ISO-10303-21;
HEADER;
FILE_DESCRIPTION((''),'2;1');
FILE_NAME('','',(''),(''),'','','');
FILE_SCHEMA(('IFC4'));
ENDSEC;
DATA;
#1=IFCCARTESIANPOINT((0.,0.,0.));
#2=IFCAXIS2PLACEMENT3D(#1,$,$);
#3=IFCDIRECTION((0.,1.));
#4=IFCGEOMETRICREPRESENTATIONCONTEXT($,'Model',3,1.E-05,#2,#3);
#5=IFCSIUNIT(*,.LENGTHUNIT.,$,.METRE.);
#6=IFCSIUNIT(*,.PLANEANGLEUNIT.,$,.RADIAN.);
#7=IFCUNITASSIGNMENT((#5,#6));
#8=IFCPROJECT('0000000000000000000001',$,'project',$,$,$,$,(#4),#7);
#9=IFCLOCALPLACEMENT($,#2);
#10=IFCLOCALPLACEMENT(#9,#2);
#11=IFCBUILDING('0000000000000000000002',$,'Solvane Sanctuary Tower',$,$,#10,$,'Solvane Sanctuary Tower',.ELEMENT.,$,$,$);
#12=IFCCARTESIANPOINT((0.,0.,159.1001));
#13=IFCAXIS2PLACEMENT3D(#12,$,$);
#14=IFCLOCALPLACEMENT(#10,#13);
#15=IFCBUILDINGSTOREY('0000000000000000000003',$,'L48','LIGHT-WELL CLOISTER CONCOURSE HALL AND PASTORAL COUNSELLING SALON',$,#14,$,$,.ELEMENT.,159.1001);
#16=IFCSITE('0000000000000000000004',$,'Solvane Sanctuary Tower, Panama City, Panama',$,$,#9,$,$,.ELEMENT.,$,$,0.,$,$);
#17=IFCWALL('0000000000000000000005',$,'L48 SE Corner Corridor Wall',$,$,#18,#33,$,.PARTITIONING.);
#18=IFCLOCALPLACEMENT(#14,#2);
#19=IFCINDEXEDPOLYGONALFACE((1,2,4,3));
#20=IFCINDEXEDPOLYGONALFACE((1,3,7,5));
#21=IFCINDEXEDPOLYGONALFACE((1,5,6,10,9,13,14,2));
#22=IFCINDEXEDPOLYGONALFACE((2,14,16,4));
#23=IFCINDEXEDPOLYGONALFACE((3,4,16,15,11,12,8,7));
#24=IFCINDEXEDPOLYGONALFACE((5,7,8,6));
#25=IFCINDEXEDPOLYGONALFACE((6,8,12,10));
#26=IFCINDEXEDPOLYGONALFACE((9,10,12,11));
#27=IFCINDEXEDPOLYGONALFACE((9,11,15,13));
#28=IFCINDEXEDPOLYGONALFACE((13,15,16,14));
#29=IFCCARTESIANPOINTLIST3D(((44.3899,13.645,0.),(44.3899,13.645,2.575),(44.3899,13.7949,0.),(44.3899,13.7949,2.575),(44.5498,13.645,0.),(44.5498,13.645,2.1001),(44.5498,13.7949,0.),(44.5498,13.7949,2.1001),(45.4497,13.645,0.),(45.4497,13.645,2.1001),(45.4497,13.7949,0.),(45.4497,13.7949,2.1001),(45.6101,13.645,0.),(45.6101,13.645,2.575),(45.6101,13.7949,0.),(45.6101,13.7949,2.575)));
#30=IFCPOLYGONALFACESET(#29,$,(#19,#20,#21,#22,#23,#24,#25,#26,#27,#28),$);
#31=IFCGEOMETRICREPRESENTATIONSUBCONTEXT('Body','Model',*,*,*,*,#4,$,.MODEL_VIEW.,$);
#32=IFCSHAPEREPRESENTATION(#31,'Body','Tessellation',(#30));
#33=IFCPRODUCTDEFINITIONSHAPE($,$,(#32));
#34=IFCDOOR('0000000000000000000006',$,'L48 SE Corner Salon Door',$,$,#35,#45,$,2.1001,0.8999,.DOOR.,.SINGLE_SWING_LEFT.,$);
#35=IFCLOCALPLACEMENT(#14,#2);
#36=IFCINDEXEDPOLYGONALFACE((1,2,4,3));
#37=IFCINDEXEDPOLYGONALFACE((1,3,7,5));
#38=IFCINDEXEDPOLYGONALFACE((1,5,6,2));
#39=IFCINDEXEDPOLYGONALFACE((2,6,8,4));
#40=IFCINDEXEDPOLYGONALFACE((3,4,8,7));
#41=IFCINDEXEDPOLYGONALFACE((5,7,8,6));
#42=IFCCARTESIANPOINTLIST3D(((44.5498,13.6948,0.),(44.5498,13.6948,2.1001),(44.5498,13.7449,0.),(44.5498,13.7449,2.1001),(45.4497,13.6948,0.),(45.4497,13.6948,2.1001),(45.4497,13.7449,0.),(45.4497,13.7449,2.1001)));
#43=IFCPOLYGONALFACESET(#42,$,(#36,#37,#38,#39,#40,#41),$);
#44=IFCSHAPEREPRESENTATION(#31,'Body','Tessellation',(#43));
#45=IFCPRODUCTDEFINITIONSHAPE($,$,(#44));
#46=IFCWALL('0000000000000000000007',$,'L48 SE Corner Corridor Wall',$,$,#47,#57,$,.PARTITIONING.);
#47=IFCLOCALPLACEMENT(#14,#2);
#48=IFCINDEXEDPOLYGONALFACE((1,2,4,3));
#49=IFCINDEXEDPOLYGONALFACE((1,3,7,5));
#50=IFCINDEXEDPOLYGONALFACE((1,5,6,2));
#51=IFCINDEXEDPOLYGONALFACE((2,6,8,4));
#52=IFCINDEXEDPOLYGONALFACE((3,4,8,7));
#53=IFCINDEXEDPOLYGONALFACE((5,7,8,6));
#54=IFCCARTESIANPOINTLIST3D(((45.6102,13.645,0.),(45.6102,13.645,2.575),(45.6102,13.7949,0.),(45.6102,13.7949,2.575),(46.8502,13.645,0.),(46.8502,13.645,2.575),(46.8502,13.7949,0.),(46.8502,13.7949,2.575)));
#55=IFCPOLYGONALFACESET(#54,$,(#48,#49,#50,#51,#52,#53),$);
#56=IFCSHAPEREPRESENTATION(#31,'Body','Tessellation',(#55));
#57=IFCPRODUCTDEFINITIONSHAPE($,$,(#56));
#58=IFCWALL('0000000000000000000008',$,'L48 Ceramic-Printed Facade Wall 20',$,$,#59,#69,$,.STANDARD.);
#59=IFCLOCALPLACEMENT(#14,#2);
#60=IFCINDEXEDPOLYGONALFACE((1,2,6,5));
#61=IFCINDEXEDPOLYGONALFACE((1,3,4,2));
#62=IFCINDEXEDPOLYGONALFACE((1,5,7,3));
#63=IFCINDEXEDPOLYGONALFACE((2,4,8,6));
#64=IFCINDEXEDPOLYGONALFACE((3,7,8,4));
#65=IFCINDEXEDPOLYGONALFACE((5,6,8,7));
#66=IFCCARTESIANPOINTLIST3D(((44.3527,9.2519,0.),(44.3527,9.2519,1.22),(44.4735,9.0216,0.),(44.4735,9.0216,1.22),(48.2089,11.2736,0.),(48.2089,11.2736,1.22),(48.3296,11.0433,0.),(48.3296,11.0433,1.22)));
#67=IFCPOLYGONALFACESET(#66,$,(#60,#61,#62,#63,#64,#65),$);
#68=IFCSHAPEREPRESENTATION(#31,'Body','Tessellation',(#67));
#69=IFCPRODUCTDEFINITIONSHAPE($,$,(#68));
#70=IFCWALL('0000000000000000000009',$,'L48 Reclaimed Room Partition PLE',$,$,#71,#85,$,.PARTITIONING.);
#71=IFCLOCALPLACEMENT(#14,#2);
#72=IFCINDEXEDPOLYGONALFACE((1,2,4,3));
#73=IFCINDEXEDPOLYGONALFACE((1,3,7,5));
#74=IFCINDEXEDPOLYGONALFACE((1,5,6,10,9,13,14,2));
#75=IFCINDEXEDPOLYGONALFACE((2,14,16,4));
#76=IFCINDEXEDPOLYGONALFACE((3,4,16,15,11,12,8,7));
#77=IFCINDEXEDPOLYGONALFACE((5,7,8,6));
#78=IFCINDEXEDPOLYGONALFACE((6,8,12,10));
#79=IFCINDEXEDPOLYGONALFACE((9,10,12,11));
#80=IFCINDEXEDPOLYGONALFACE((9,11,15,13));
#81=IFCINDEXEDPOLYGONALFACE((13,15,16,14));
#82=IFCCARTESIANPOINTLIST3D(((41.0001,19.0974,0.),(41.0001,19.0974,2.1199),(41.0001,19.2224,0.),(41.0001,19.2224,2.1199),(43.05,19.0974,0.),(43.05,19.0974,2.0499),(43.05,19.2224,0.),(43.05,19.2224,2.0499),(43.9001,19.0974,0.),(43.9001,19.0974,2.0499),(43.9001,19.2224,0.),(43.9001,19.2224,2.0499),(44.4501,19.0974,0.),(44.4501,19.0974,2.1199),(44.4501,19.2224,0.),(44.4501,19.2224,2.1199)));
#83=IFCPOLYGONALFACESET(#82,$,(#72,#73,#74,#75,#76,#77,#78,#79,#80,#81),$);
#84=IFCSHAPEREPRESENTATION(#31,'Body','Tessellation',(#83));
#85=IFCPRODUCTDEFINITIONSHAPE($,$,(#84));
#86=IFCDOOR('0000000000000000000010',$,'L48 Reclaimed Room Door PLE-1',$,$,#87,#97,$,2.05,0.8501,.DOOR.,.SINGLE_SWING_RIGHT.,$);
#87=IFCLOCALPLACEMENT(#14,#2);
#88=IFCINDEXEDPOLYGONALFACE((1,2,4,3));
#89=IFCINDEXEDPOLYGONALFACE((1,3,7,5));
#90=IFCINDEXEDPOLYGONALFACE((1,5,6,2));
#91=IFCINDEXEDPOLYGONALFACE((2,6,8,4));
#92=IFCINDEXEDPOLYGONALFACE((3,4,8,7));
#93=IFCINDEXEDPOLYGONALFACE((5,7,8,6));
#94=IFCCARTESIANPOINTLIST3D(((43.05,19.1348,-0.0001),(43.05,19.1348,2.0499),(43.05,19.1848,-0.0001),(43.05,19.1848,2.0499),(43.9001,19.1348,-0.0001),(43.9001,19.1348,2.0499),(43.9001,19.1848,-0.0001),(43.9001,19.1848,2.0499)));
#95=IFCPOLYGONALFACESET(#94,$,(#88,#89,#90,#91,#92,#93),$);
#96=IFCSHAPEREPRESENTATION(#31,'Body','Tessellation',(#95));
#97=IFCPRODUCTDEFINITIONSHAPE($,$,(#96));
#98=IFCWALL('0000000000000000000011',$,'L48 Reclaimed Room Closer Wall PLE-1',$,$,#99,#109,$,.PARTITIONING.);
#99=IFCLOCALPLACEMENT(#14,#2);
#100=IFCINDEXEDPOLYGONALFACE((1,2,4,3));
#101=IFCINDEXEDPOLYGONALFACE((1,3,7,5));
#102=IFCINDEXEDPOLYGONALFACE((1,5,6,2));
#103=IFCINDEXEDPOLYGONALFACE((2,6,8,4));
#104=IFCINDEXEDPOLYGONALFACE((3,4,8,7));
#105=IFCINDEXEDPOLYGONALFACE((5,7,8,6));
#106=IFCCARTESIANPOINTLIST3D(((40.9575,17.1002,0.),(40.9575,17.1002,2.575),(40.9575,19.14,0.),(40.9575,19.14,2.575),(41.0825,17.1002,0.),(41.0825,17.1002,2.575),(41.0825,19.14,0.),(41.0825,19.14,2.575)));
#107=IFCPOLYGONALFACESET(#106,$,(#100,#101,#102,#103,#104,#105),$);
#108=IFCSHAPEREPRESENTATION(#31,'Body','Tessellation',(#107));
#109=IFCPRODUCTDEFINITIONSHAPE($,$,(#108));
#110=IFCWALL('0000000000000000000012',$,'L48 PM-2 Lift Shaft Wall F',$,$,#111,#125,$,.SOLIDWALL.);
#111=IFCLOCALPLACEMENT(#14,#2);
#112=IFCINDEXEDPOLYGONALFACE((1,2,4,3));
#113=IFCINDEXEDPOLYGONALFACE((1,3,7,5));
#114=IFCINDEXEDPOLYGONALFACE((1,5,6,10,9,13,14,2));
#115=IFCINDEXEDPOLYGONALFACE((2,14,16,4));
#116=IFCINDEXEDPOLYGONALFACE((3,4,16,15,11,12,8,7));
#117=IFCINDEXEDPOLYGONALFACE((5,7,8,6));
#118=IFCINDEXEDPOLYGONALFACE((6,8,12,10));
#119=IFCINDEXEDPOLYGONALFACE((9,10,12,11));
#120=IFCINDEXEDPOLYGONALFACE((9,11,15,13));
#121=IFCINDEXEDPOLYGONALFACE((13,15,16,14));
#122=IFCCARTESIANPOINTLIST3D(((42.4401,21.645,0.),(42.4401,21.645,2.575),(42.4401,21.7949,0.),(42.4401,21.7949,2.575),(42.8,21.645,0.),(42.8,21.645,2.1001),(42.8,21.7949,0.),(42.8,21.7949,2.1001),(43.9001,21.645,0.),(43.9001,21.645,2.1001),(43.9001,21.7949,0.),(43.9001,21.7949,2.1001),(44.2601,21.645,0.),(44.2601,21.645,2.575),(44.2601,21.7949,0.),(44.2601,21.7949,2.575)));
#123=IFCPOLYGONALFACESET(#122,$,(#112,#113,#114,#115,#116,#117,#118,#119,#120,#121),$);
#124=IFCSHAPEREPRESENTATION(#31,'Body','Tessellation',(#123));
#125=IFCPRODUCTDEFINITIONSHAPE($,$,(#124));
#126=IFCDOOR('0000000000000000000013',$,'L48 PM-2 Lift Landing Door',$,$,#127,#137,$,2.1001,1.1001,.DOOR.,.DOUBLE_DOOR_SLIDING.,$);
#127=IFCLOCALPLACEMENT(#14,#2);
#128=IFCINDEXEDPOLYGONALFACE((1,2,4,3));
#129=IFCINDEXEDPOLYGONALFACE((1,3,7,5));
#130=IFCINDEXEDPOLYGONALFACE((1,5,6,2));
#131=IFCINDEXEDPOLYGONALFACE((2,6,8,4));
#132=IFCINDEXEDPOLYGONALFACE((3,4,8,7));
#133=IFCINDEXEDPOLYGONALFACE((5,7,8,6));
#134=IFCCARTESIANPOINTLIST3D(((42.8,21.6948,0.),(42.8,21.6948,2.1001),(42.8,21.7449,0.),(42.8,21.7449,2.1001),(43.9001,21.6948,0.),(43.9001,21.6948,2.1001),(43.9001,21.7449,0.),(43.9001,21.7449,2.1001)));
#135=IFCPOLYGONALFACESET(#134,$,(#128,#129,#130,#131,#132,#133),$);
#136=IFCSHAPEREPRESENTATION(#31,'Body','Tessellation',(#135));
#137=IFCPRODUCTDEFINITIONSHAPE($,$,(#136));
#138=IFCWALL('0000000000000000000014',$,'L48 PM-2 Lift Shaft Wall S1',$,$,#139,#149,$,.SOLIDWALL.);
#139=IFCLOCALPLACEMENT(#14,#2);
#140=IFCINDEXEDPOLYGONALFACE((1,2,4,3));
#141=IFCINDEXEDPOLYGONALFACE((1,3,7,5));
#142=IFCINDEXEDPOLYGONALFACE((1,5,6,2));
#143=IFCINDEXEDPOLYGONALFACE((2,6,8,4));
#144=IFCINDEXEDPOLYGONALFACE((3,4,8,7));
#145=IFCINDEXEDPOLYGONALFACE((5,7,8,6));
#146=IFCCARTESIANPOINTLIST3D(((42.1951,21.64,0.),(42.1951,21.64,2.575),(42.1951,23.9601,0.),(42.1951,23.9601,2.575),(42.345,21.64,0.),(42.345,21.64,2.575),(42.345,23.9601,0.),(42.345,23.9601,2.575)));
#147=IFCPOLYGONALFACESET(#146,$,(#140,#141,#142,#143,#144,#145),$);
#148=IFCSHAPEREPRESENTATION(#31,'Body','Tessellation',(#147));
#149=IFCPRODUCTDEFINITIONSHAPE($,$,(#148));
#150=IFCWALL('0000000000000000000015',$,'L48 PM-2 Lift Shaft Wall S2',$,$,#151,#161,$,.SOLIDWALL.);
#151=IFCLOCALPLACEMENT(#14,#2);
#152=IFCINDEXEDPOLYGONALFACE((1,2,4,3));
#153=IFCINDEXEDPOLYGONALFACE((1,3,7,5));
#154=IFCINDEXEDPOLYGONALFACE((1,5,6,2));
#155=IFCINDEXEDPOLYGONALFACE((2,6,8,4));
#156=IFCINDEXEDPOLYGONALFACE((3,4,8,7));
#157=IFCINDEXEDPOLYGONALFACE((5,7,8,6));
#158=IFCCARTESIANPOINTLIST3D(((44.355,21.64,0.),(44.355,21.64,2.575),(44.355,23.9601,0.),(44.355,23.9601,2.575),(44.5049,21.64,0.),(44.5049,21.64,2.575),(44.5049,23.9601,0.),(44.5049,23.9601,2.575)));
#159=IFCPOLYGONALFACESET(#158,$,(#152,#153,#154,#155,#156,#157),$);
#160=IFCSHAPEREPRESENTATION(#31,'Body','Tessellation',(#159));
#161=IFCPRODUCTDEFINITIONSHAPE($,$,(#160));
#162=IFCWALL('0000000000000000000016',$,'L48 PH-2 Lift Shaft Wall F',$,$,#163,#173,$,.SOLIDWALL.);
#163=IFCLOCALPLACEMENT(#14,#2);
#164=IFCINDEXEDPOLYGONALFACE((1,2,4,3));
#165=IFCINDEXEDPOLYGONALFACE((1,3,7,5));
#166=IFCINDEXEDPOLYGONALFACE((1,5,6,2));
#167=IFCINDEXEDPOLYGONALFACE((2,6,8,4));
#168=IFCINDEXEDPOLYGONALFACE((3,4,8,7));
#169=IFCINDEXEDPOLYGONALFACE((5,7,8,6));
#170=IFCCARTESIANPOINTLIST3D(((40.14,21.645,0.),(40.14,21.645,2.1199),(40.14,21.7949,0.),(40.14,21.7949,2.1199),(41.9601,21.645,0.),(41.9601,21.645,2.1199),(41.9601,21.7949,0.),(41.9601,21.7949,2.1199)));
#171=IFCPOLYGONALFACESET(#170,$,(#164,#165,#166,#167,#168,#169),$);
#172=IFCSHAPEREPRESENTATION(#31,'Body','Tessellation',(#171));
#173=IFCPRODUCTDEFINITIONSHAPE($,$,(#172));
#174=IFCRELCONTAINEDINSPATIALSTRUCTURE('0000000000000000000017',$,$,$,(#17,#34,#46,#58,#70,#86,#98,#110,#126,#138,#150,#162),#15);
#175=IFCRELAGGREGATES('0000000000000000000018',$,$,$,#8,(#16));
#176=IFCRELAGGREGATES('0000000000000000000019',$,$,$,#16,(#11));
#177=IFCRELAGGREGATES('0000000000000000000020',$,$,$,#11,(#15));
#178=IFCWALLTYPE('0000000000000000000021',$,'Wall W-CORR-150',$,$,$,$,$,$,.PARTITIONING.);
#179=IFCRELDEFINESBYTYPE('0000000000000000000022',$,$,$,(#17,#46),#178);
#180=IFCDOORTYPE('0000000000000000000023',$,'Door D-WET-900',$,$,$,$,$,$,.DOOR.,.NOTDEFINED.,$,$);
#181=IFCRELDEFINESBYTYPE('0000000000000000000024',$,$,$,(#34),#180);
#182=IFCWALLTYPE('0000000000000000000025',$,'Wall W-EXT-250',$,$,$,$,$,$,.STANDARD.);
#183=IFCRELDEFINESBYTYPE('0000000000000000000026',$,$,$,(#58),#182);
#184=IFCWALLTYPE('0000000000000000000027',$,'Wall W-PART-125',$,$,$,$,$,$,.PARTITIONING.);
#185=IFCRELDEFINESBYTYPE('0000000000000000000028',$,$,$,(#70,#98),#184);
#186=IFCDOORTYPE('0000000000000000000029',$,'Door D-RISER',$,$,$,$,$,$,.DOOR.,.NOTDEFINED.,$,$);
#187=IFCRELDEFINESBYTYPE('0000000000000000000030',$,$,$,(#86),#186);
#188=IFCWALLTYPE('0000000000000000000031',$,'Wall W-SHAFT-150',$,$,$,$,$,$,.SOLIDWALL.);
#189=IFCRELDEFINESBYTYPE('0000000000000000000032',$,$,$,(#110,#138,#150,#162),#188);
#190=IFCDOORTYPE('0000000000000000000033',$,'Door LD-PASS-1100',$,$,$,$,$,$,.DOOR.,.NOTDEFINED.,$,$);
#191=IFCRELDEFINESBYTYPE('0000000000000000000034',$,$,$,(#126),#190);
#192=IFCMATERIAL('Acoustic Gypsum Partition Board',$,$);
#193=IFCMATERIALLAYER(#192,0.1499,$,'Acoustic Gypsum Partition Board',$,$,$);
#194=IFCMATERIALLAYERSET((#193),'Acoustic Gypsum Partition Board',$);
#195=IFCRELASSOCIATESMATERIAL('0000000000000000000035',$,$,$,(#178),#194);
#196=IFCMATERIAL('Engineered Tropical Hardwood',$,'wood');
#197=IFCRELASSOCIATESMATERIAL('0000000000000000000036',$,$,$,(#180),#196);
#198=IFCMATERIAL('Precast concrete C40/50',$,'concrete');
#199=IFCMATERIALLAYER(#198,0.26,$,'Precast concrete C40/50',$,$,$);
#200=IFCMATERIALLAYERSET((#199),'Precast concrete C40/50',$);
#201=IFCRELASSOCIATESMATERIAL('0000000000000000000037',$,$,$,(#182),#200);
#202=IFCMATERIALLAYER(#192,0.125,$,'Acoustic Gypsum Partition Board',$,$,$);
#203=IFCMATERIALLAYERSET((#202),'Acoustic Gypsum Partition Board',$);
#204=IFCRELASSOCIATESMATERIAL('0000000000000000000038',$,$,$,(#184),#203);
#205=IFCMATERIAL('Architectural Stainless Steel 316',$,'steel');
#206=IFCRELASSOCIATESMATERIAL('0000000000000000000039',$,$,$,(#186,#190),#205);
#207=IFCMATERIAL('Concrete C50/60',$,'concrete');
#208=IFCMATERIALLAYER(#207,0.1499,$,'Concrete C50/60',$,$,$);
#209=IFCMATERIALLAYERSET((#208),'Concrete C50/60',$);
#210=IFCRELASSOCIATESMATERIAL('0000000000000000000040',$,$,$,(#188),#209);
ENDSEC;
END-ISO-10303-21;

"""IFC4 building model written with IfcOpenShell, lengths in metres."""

from ifc_helpers import new_model, si_unit, direction, frame, frame_2d, origin, place, context, subcontext, project, spatial, rectangle, extrude, material, layer, layer_set, type_object, element, fill, save


model = new_model("IFC4")

# Units and contexts
model_context = context("Model", 3, precision=1e-05, world=origin(), true_north=direction((0.0, 1.0)))
body_context = subcontext(model_context, "Body", "Model", "MODEL_VIEW")
ifc_project = project(units=[si_unit("LENGTHUNIT", "METRE"), si_unit("PLANEANGLEUNIT", "RADIAN")], contexts=[model_context])

# Site, building, storey
site_placement = place(None, origin())
site = spatial("IfcSite", under=ifc_project, at=site_placement, Name="Solvane Sanctuary Tower, Panama City, Panama", CompositionType="ELEMENT", RefElevation=0.0)
building_placement = place(site_placement, origin())
building = spatial("IfcBuilding", under=site, at=building_placement, Name="Solvane Sanctuary Tower", LongName="Solvane Sanctuary Tower", CompositionType="ELEMENT")
storey_placement = place(building_placement, frame((0.0, 0.0, 159.1001)))
storey = spatial("IfcBuildingStorey", under=building, at=storey_placement, Name="L48", Description="LIGHT-WELL CLOISTER CONCOURSE HALL AND PASTORAL COUNSELLING SALON", CompositionType="ELEMENT", Elevation=159.1001)

# Wall, opening, door
ifc_material_1 = material(Name="Acoustic Gypsum Partition Board")
ifc_layer_1 = layer(ifc_material_1, 0.1499, Name="Acoustic Gypsum Partition Board")
ifc_layer_set_1 = layer_set([ifc_layer_1], Name="Acoustic Gypsum Partition Board")
wall_type_1 = type_object("IfcWallType", Name="Wall W-CORR-150", PredefinedType="PARTITIONING", material=ifc_layer_set_1)
wall_1_placement = place(storey_placement, frame((44.3899, 13.72, 0.0), z_axis=(0.0, 0.0, 1.0), x_axis=(1.0, 0.0, 0.0)))
wall_1 = element("IfcWall", 1, at=wall_1_placement, inside=storey, type_object=wall_type_1, Name="L48 SE Corner Corridor Wall", PredefinedType="PARTITIONING", context=body_context, shape_type="SweptSolid", body=[
    extrude(rectangle(XDim=1.2202, YDim=0.1499, at=frame_2d((0.6101, 0.0))), origin(), (0.0, 0.0, 1.0), 2.575),
])
opening_1_placement = place(wall_1_placement, frame((0.1599, 0.0, 0.0)))
opening_1 = element("IfcOpeningElement", 2, at=opening_1_placement, cuts=wall_1, PredefinedType="OPENING", context=body_context, shape_type="SweptSolid", body=[
    extrude(rectangle(XDim=0.8999, YDim=2.1001, at=frame_2d((0.45, 1.05))), frame((0.0, 0.085, 0.0), z_axis=(0.0, -1.0, 0.0), x_axis=(1.0, 0.0, 0.0)), (0.0, 0.0, 1.0), 0.1699),
])
ifc_material_2 = material(Name="Engineered Tropical Hardwood", Category="wood")
door_type_1 = type_object("IfcDoorType", Name="Door D-WET-900", OperationType="NOTDEFINED", PredefinedType="DOOR", material=ifc_material_2)
door_1_placement = place(opening_1_placement, origin())
door_1 = element("IfcDoor", 3, at=door_1_placement, inside=storey, type_object=door_type_1, Name="L48 SE Corner Salon Door", OperationType="SINGLE_SWING_LEFT", OverallHeight=2.1001, OverallWidth=0.8999, PredefinedType="DOOR", context=body_context, shape_type="SweptSolid", body=[
    extrude(rectangle(XDim=0.8999, YDim=2.1001, at=frame_2d((0.45, 1.05))), frame((0.0, 0.0249, 0.0), z_axis=(0.0, -1.0, 0.0), x_axis=(1.0, 0.0, 0.0)), (0.0, 0.0, 1.0), 0.05),
])
fill(opening_1, door_1)

# Walls
wall_2_placement = place(storey_placement, frame((45.6101, 13.72, 0.0), z_axis=(0.0, 0.0, 1.0), x_axis=(1.0, 0.0, 0.0)))
element("IfcWall", 4, at=wall_2_placement, inside=storey, type_object=wall_type_1, Name="L48 SE Corner Corridor Wall", PredefinedType="PARTITIONING", context=body_context, shape_type="SweptSolid", body=[
    extrude(rectangle(XDim=1.24, YDim=0.1499, at=frame_2d((0.6201, 0.0))), origin(), (0.0, 0.0, 1.0), 2.575),
])
ifc_material_3 = material(Name="Precast concrete C40/50", Category="concrete")
ifc_layer_2 = layer(ifc_material_3, 0.26, Name="Precast concrete C40/50")
ifc_layer_set_2 = layer_set([ifc_layer_2], Name="Precast concrete C40/50")
wall_type_2 = type_object("IfcWallType", Name="Wall W-EXT-250", PredefinedType="STANDARD", material=ifc_layer_set_2)
wall_3_placement = place(storey_placement, frame((44.4131, 9.1367, 0.0), z_axis=(0.0, 0.0, 1.0), x_axis=(0.88566, 0.464334, 0.0)))
element("IfcWall", 5, at=wall_3_placement, inside=storey, type_object=wall_type_2, Name="L48 Ceramic-Printed Facade Wall 20", PredefinedType="STANDARD", context=body_context, shape_type="SweptSolid", body=[
    extrude(rectangle(XDim=4.354, YDim=0.26, at=frame_2d((2.177, 0.0))), origin(), (0.0, 0.0, 1.0), 1.22),
])

# Wall, opening, door
ifc_layer_3 = layer(ifc_material_1, 0.125, Name="Acoustic Gypsum Partition Board")
ifc_layer_set_3 = layer_set([ifc_layer_3], Name="Acoustic Gypsum Partition Board")
wall_type_3 = type_object("IfcWallType", Name="Wall W-PART-125", PredefinedType="PARTITIONING", material=ifc_layer_set_3)
wall_4_placement = place(storey_placement, frame((41.0, 19.1599, 0.0), z_axis=(0.0, 0.0, 1.0), x_axis=(1.0, 0.0, 0.0)))
wall_4 = element("IfcWall", 6, at=wall_4_placement, inside=storey, type_object=wall_type_3, Name="L48 Reclaimed Room Partition PLE", PredefinedType="PARTITIONING", context=body_context, shape_type="SweptSolid", body=[
    extrude(rectangle(XDim=3.45, YDim=0.125, at=frame_2d((1.7251, 0.0))), origin(), (0.0, 0.0, 1.0), 2.1199),
])
opening_2_placement = place(wall_4_placement, frame((2.05, 0.0, 0.0)))
opening_2 = element("IfcOpeningElement", 7, at=opening_2_placement, cuts=wall_4, PredefinedType="OPENING", context=body_context, shape_type="SweptSolid", body=[
    extrude(rectangle(XDim=0.8501, YDim=2.05, at=frame_2d((0.425, 1.0249))), frame((0.0, 0.0725, 0.0), z_axis=(0.0, -1.0, 0.0), x_axis=(1.0, 0.0, 0.0)), (0.0, 0.0, 1.0), 0.145),
])
ifc_material_4 = material(Name="Architectural Stainless Steel 316", Category="steel")
door_type_2 = type_object("IfcDoorType", Name="Door D-RISER", OperationType="NOTDEFINED", PredefinedType="DOOR", material=ifc_material_4)
door_2_placement = place(opening_2_placement, origin())
door_2 = element("IfcDoor", 8, at=door_2_placement, inside=storey, type_object=door_type_2, Name="L48 Reclaimed Room Door PLE-1", OperationType="SINGLE_SWING_RIGHT", OverallHeight=2.05, OverallWidth=0.8501, PredefinedType="DOOR", context=body_context, shape_type="SweptSolid", body=[
    extrude(rectangle(XDim=0.8501, YDim=2.05, at=frame_2d((0.425, 1.0249))), frame((0.0, 0.0249, 0.0), z_axis=(0.0, -1.0, 0.0), x_axis=(1.0, 0.0, 0.0)), (0.0, 0.0, 1.0), 0.05),
])
fill(opening_2, door_2)

# Wall
wall_5_placement = place(storey_placement, frame((41.02, 17.1001, 0.0), z_axis=(0.0, 0.0, 1.0), x_axis=(0.0, 1.0, 0.0)))
element("IfcWall", 9, at=wall_5_placement, inside=storey, type_object=wall_type_3, Name="L48 Reclaimed Room Closer Wall PLE-1", PredefinedType="PARTITIONING", context=body_context, shape_type="SweptSolid", body=[
    extrude(rectangle(XDim=2.0398, YDim=0.125, at=frame_2d((1.02, 0.0))), origin(), (0.0, 0.0, 1.0), 2.575),
])

# Wall, opening, door
ifc_material_5 = material(Name="Concrete C50/60", Category="concrete")
ifc_layer_4 = layer(ifc_material_5, 0.1499, Name="Concrete C50/60")
ifc_layer_set_4 = layer_set([ifc_layer_4], Name="Concrete C50/60")
wall_type_4 = type_object("IfcWallType", Name="Wall W-SHAFT-150", PredefinedType="SOLIDWALL", material=ifc_layer_set_4)
wall_6_placement = place(storey_placement, frame((42.4399, 21.72, 0.0), z_axis=(0.0, 0.0, 1.0), x_axis=(1.0, 0.0, 0.0)))
wall_6 = element("IfcWall", 10, at=wall_6_placement, inside=storey, type_object=wall_type_4, Name="L48 PM-2 Lift Shaft Wall F", PredefinedType="SOLIDWALL", context=body_context, shape_type="SweptSolid", body=[
    extrude(rectangle(XDim=1.8201, YDim=0.1499, at=frame_2d((0.9102, 0.0))), origin(), (0.0, 0.0, 1.0), 2.575),
])
opening_3_placement = place(wall_6_placement, frame((0.3601, 0.0, 0.0)))
opening_3 = element("IfcOpeningElement", 11, at=opening_3_placement, cuts=wall_6, PredefinedType="OPENING", context=body_context, shape_type="SweptSolid", body=[
    extrude(rectangle(XDim=1.1001, YDim=2.1001, at=frame_2d((0.55, 1.05))), frame((0.0, 0.085, 0.0), z_axis=(0.0, -1.0, 0.0), x_axis=(1.0, 0.0, 0.0)), (0.0, 0.0, 1.0), 0.1699),
])
door_type_3 = type_object("IfcDoorType", Name="Door LD-PASS-1100", OperationType="NOTDEFINED", PredefinedType="DOOR", material=ifc_material_4)
door_3_placement = place(opening_3_placement, origin())
door_3 = element("IfcDoor", 12, at=door_3_placement, inside=storey, type_object=door_type_3, Name="L48 PM-2 Lift Landing Door", OperationType="DOUBLE_DOOR_SLIDING", OverallHeight=2.1001, OverallWidth=1.1001, PredefinedType="DOOR", context=body_context, shape_type="SweptSolid", body=[
    extrude(rectangle(XDim=1.1001, YDim=2.1001, at=frame_2d((0.55, 1.05))), frame((0.0, 0.0249, 0.0), z_axis=(0.0, -1.0, 0.0), x_axis=(1.0, 0.0, 0.0)), (0.0, 0.0, 1.0), 0.05),
])
fill(opening_3, door_3)

# Walls
for number, where, z_axis, x_axis, name in (
    (13, (42.27, 21.6399, 0.0), (0.0, 0.0, 1.0), (0.0, 1.0, 0.0), "L48 PM-2 Lift Shaft Wall S1"),
    (14, (44.4299, 21.6399, 0.0), (0.0, 0.0, 1.0), (0.0, 1.0, 0.0), "L48 PM-2 Lift Shaft Wall S2"),
):
    element("IfcWall", number, at=place(storey_placement, frame(where, z_axis=z_axis, x_axis=x_axis)), inside=storey, type_object=wall_type_4, Name=name, PredefinedType="SOLIDWALL", context=body_context, shape_type="SweptSolid", body=[
        extrude(rectangle(XDim=2.3201, YDim=0.1499, at=frame_2d((1.1602, 0.0))), origin(), (0.0, 0.0, 1.0), 2.575),
    ])
wall_7_placement = place(storey_placement, frame((40.1399, 21.72, 0.0), z_axis=(0.0, 0.0, 1.0), x_axis=(1.0, 0.0, 0.0)))
element("IfcWall", 15, at=wall_7_placement, inside=storey, type_object=wall_type_4, Name="L48 PH-2 Lift Shaft Wall F", PredefinedType="SOLIDWALL", context=body_context, shape_type="SweptSolid", body=[
    extrude(rectangle(XDim=1.8201, YDim=0.1499, at=frame_2d((0.9102, 0.0))), origin(), (0.0, 0.0, 1.0), 2.1199),
])

save(model, "model.ifc")
